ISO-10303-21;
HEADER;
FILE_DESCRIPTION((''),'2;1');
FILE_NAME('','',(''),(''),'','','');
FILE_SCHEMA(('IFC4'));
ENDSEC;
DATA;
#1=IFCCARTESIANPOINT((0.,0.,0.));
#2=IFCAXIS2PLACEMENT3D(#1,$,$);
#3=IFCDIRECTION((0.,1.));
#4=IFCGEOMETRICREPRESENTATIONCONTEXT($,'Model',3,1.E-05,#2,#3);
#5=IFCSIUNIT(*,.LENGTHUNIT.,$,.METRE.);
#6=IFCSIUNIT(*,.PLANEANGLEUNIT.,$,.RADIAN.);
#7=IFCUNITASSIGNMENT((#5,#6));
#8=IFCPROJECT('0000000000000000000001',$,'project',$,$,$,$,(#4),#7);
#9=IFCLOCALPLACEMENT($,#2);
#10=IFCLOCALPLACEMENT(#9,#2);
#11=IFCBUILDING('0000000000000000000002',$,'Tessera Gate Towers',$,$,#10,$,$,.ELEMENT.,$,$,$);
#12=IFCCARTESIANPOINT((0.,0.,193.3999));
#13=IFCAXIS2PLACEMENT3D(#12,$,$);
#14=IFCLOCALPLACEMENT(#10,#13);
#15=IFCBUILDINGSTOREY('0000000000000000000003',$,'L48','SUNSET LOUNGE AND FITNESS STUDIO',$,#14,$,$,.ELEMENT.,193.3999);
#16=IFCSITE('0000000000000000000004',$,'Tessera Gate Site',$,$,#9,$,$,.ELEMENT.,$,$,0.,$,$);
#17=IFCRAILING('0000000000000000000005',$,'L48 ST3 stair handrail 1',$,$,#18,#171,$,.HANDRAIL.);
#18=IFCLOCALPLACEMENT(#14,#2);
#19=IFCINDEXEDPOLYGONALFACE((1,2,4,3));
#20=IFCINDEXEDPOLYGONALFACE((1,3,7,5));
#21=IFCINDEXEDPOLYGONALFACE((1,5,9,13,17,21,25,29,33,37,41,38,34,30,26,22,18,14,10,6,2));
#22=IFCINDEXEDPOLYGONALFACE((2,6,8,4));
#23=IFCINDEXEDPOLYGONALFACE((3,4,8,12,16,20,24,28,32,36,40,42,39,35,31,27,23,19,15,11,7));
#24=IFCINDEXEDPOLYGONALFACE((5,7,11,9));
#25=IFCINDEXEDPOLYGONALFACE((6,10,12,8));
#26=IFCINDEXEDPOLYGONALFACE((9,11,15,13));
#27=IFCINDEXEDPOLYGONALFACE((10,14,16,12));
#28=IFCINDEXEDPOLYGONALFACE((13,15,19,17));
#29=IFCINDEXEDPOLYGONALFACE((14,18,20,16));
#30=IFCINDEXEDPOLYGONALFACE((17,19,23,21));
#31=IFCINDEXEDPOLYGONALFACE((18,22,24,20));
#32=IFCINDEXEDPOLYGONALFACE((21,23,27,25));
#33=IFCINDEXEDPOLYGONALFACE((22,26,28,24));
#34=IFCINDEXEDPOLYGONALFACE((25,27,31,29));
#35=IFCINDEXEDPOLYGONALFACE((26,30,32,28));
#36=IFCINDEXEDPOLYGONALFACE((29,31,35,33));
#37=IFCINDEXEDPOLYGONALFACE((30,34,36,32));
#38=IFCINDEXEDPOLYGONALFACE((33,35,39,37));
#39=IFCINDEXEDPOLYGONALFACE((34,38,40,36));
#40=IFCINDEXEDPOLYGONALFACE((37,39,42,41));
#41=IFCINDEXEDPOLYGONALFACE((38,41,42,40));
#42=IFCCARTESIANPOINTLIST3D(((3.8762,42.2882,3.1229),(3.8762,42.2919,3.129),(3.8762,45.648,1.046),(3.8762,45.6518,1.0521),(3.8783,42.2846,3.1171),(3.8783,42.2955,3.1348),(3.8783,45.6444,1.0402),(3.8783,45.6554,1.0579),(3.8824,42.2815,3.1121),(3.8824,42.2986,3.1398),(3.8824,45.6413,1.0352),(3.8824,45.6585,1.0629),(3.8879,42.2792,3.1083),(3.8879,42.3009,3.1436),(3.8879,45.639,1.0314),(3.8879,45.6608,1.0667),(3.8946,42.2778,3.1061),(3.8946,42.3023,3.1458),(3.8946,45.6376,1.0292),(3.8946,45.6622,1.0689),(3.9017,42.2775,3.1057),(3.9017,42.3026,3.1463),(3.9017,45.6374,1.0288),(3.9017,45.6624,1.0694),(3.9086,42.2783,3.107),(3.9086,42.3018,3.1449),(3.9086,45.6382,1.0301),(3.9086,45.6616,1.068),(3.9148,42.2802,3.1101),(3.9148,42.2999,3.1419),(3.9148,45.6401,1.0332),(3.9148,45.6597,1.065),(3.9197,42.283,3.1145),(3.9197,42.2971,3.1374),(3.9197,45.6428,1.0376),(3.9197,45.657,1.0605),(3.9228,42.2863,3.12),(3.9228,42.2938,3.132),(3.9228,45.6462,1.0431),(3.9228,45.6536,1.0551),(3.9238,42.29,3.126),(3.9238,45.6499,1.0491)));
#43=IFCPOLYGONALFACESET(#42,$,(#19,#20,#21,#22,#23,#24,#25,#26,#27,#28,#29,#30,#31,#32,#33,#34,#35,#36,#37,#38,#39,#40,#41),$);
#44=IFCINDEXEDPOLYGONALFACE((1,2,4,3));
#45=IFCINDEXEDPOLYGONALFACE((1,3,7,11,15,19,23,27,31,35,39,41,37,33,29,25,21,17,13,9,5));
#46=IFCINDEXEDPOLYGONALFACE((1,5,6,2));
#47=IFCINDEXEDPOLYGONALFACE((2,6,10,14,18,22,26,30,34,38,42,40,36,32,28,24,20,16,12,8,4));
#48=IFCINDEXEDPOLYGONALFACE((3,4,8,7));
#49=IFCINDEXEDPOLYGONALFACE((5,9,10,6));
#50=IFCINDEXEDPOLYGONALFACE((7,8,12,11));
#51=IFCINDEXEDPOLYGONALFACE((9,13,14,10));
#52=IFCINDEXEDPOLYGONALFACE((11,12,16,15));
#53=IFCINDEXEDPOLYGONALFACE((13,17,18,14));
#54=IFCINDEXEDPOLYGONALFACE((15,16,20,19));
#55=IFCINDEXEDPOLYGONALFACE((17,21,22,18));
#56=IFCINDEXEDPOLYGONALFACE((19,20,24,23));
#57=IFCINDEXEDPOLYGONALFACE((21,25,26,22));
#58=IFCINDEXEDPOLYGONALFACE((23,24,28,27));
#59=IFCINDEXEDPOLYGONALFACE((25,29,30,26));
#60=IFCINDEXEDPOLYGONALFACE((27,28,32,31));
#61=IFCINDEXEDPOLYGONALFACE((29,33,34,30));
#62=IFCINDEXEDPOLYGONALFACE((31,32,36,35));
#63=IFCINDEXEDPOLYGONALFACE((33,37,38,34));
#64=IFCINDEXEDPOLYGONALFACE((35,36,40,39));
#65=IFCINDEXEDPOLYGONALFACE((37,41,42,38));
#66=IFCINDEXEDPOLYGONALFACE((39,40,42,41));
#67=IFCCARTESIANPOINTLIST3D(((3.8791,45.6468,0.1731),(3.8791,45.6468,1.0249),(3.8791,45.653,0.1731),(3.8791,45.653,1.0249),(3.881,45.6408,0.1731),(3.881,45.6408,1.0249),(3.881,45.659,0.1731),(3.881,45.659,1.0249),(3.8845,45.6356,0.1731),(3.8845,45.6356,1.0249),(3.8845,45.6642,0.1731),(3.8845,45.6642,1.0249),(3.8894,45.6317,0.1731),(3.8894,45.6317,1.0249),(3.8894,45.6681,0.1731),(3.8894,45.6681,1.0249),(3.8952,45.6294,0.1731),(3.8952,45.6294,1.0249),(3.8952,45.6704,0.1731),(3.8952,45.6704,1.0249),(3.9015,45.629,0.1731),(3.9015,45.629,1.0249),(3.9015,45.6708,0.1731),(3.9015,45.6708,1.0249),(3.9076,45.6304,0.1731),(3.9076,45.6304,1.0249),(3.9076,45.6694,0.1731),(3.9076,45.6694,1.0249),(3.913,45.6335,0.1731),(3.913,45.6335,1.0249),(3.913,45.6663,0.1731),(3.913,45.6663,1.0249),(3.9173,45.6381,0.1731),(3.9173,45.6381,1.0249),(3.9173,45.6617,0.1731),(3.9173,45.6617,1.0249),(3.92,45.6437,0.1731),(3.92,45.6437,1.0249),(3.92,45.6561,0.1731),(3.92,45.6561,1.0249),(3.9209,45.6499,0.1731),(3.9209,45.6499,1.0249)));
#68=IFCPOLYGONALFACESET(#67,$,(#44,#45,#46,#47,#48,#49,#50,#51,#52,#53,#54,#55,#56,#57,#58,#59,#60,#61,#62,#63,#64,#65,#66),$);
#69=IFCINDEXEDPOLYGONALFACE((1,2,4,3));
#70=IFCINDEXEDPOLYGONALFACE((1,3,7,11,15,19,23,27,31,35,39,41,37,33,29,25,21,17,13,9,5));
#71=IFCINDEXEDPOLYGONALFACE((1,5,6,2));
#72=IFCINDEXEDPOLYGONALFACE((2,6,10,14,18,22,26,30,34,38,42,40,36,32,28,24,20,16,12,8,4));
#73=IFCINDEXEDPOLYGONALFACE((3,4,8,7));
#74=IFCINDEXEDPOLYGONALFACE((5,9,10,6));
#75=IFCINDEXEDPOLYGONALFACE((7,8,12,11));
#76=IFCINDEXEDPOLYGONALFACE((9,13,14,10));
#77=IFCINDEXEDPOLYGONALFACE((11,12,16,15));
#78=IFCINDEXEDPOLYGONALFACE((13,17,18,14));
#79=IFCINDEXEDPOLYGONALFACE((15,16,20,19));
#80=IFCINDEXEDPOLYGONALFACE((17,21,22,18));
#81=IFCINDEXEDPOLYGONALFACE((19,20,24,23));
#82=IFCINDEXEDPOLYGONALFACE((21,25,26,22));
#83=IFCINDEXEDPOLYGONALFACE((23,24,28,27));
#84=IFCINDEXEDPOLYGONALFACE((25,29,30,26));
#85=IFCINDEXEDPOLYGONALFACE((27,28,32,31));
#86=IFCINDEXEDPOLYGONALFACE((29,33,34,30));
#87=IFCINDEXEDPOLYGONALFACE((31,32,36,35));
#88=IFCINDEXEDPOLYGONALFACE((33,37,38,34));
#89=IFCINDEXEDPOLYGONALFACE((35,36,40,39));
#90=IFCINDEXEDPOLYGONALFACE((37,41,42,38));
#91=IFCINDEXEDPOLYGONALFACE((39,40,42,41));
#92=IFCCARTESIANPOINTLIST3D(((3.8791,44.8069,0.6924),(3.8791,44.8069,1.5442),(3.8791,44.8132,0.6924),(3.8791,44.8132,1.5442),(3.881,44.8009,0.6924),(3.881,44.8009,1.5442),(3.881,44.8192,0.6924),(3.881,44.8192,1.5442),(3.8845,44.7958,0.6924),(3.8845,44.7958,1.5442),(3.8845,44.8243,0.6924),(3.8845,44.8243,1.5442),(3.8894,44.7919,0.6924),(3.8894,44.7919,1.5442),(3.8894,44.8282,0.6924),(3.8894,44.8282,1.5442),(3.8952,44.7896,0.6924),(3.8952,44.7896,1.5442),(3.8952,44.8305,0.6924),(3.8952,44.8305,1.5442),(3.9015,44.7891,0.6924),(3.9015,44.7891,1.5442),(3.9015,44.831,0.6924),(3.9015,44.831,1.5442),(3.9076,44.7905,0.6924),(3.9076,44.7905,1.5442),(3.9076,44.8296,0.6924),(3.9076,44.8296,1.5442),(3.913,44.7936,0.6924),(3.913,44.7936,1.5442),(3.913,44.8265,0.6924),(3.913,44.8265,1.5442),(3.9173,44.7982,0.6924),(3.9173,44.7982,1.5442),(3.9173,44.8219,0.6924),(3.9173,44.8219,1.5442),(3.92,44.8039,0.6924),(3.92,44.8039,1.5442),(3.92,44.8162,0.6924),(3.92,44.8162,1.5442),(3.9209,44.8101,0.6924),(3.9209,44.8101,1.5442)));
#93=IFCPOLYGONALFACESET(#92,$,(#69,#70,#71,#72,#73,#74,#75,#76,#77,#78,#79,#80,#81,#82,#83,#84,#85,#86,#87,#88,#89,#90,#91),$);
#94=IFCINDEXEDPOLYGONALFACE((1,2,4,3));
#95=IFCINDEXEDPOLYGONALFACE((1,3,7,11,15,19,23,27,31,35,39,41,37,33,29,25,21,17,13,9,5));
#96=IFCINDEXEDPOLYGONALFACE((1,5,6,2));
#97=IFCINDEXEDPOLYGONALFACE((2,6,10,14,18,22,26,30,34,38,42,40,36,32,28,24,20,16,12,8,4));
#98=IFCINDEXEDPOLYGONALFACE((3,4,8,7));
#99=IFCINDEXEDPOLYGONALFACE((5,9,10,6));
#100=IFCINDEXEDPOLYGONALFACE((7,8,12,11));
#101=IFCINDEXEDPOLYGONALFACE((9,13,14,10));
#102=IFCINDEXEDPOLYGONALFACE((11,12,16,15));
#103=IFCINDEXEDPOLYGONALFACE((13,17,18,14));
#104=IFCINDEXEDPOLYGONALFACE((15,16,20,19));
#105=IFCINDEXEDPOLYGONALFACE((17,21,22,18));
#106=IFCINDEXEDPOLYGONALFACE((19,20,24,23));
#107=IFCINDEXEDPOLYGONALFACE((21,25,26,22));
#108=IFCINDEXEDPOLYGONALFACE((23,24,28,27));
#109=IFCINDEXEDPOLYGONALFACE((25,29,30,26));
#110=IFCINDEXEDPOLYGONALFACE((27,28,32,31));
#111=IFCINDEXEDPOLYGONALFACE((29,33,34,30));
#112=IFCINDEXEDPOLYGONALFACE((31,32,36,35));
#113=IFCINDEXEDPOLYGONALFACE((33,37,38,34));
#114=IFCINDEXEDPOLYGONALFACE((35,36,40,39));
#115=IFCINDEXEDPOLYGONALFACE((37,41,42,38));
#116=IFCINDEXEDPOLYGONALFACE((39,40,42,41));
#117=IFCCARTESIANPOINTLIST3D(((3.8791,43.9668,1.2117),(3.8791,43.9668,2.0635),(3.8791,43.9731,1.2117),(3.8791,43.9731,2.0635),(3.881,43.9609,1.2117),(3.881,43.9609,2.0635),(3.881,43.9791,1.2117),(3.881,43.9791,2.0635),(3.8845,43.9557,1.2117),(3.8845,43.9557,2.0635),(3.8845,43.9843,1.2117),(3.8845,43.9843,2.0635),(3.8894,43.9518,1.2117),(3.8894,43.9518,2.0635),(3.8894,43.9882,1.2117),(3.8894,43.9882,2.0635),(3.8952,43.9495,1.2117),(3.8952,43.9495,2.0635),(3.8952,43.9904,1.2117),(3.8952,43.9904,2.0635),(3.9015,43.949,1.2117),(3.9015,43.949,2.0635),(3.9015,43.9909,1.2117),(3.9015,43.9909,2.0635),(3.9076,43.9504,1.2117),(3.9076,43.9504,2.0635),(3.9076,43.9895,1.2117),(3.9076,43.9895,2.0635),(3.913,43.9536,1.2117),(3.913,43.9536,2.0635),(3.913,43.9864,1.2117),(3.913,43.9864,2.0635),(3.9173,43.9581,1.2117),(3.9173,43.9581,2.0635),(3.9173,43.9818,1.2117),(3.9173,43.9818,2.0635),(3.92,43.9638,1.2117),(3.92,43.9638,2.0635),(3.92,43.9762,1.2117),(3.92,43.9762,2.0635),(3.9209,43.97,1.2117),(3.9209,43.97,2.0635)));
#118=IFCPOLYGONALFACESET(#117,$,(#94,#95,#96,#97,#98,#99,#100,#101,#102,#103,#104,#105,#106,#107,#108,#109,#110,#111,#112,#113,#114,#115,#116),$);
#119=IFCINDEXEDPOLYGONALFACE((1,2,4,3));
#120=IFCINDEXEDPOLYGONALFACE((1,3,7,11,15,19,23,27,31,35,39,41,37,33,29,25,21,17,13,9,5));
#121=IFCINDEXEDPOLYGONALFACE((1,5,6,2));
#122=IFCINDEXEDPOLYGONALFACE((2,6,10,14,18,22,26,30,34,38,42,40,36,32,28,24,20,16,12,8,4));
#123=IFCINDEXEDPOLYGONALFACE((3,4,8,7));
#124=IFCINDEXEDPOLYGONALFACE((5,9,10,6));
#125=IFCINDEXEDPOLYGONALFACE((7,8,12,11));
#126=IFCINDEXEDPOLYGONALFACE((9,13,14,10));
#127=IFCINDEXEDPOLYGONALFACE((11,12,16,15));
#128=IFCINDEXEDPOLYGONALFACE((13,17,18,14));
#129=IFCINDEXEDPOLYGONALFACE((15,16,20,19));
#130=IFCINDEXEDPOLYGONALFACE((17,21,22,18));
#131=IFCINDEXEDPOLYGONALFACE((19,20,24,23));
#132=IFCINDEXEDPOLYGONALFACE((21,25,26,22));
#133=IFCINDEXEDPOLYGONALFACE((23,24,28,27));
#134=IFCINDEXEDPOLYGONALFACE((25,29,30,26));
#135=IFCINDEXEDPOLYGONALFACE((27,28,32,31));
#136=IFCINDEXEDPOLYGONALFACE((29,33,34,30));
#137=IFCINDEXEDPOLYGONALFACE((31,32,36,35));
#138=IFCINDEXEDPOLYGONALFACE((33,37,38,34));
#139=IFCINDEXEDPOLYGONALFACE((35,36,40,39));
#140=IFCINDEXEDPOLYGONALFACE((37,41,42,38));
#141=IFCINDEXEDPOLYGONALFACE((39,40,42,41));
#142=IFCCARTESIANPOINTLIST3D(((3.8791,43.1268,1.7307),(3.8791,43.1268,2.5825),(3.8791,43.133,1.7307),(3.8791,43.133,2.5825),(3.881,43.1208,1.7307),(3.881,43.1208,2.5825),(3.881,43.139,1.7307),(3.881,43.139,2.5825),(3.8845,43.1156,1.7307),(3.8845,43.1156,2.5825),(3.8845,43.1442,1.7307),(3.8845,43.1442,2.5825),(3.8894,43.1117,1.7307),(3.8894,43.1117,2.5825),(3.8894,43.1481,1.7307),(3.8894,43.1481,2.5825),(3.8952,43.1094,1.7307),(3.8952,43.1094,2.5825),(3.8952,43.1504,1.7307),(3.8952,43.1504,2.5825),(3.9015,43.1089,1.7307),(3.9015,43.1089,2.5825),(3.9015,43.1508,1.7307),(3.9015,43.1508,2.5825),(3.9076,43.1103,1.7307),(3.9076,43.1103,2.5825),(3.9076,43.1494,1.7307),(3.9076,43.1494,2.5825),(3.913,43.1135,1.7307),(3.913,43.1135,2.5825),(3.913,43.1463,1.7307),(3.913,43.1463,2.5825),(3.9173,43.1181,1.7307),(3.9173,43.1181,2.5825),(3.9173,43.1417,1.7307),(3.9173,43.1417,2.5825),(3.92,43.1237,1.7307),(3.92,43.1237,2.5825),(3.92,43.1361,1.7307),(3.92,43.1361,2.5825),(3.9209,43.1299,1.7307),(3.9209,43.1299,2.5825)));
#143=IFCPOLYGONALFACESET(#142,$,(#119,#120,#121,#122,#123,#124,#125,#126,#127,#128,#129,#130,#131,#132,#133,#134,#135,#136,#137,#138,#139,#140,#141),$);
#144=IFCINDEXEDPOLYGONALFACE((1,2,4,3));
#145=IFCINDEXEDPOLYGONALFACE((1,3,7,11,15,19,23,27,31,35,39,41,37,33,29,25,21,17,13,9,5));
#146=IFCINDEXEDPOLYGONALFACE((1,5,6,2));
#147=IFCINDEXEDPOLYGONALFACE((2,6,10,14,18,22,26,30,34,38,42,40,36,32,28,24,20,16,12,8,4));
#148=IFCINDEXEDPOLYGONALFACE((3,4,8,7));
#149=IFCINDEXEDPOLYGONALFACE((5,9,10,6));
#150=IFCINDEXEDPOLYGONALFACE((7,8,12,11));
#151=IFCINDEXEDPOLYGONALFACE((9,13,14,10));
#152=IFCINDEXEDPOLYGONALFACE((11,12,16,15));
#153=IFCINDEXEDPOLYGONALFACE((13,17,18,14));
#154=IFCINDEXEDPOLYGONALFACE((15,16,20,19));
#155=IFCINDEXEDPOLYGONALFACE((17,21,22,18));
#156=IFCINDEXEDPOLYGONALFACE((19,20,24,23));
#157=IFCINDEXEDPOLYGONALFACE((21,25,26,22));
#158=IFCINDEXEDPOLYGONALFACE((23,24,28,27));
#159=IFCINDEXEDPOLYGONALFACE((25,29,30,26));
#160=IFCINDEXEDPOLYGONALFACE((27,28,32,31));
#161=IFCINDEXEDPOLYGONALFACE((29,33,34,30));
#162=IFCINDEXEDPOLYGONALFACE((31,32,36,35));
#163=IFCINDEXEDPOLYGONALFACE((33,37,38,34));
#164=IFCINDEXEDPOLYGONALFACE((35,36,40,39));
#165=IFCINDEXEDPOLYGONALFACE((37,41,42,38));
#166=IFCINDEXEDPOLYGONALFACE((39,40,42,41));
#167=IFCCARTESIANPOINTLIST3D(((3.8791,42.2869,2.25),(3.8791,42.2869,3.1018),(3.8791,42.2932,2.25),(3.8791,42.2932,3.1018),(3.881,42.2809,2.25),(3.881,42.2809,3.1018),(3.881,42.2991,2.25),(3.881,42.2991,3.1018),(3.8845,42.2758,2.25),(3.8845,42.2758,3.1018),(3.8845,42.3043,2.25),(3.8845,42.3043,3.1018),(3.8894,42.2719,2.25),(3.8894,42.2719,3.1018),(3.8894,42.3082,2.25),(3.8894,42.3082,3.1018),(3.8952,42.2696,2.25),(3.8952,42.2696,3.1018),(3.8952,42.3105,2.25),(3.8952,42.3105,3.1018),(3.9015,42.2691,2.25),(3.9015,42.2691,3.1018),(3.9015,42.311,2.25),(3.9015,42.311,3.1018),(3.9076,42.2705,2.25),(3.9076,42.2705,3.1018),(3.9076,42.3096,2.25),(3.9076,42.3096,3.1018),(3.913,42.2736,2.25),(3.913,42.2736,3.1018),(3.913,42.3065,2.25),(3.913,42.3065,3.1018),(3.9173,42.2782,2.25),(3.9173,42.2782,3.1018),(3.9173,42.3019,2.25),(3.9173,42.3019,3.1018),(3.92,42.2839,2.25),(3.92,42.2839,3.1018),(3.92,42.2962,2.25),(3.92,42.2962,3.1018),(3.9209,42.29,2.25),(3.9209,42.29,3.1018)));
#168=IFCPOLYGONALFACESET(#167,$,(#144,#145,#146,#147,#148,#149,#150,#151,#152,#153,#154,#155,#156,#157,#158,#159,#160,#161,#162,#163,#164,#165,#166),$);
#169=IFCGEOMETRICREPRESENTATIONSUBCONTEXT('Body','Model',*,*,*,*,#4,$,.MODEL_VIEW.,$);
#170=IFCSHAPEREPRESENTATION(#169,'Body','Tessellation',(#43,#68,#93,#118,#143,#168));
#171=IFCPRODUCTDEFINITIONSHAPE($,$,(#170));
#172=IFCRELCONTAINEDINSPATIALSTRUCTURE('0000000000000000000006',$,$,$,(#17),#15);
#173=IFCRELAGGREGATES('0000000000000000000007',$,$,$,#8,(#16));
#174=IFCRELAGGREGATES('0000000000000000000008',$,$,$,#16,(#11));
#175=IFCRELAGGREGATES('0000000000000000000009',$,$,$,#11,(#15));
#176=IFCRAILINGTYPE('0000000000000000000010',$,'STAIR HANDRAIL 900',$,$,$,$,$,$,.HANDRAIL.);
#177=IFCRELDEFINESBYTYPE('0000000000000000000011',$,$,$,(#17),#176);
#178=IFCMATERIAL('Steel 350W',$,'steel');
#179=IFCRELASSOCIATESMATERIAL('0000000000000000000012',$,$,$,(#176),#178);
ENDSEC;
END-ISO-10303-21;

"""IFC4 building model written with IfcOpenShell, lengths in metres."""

from ifc_helpers import new_model, si_unit, direction, frame, origin, origin_2d, place, context, subcontext, project, spatial, circle, extrude, material, type_object, element, save


model = new_model("IFC4")

# Units and contexts
model_context = context("Model", 3, precision=1e-05, world=origin(), true_north=direction((0.0, 1.0)))
body_context = subcontext(model_context, "Body", "Model", "MODEL_VIEW")
ifc_project = project(units=[si_unit("LENGTHUNIT", "METRE"), si_unit("PLANEANGLEUNIT", "RADIAN")], contexts=[model_context])

# Site, building, storey
site_placement = place(None, origin())
site = spatial("IfcSite", under=ifc_project, at=site_placement, Name="Tessera Gate Site", CompositionType="ELEMENT", RefElevation=0.0)
building_placement = place(site_placement, origin())
building = spatial("IfcBuilding", under=site, at=building_placement, Name="Tessera Gate Towers", CompositionType="ELEMENT")
storey_placement = place(building_placement, frame((0.0, 0.0, 193.3999)))
storey = spatial("IfcBuildingStorey", under=building, at=storey_placement, Name="L48", Description="SUNSET LOUNGE AND FITNESS STUDIO", CompositionType="ELEMENT", Elevation=193.3999)

# Railing
ifc_material_1 = material(Name="Steel 350W", Category="steel")
railing_type_1 = type_object("IfcRailingType", Name="STAIR HANDRAIL 900", PredefinedType="HANDRAIL", material=ifc_material_1)
railing_1_placement = place(storey_placement, frame((3.8999, 45.6499, 0.1731)))
element("IfcRailing", 1, at=railing_1_placement, inside=storey, type_object=railing_type_1, Name="L48 ST3 stair handrail 1", PredefinedType="HANDRAIL", context=body_context, shape_type="SweptSolid", body=[
    extrude(circle(Radius=0.0239, at=origin_2d()), frame((0.0, 0.0, 0.876), z_axis=(0.0, -0.850606, 0.525803), x_axis=(1.0, 0.0, 0.0)), (0.0, 0.0, 1.0), 3.95),
    extrude(circle(Radius=0.021, at=origin_2d()), origin(), (0.0, 0.0, 1.0), 0.8518),
    extrude(circle(Radius=0.021, at=origin_2d()), frame((0.0, -0.8398, 0.5193)), (0.0, 0.0, 1.0), 0.8518),
    extrude(circle(Radius=0.021, at=origin_2d()), frame((0.0, -1.6799, 1.0386)), (0.0, 0.0, 1.0), 0.8518),
    extrude(circle(Radius=0.021, at=origin_2d()), frame((0.0, -2.52, 1.5576)), (0.0, 0.0, 1.0), 0.8518),
    extrude(circle(Radius=0.021, at=origin_2d()), frame((0.0, -3.3599, 2.0769)), (0.0, 0.0, 1.0), 0.8518),
])

save(model, "model.ifc")
